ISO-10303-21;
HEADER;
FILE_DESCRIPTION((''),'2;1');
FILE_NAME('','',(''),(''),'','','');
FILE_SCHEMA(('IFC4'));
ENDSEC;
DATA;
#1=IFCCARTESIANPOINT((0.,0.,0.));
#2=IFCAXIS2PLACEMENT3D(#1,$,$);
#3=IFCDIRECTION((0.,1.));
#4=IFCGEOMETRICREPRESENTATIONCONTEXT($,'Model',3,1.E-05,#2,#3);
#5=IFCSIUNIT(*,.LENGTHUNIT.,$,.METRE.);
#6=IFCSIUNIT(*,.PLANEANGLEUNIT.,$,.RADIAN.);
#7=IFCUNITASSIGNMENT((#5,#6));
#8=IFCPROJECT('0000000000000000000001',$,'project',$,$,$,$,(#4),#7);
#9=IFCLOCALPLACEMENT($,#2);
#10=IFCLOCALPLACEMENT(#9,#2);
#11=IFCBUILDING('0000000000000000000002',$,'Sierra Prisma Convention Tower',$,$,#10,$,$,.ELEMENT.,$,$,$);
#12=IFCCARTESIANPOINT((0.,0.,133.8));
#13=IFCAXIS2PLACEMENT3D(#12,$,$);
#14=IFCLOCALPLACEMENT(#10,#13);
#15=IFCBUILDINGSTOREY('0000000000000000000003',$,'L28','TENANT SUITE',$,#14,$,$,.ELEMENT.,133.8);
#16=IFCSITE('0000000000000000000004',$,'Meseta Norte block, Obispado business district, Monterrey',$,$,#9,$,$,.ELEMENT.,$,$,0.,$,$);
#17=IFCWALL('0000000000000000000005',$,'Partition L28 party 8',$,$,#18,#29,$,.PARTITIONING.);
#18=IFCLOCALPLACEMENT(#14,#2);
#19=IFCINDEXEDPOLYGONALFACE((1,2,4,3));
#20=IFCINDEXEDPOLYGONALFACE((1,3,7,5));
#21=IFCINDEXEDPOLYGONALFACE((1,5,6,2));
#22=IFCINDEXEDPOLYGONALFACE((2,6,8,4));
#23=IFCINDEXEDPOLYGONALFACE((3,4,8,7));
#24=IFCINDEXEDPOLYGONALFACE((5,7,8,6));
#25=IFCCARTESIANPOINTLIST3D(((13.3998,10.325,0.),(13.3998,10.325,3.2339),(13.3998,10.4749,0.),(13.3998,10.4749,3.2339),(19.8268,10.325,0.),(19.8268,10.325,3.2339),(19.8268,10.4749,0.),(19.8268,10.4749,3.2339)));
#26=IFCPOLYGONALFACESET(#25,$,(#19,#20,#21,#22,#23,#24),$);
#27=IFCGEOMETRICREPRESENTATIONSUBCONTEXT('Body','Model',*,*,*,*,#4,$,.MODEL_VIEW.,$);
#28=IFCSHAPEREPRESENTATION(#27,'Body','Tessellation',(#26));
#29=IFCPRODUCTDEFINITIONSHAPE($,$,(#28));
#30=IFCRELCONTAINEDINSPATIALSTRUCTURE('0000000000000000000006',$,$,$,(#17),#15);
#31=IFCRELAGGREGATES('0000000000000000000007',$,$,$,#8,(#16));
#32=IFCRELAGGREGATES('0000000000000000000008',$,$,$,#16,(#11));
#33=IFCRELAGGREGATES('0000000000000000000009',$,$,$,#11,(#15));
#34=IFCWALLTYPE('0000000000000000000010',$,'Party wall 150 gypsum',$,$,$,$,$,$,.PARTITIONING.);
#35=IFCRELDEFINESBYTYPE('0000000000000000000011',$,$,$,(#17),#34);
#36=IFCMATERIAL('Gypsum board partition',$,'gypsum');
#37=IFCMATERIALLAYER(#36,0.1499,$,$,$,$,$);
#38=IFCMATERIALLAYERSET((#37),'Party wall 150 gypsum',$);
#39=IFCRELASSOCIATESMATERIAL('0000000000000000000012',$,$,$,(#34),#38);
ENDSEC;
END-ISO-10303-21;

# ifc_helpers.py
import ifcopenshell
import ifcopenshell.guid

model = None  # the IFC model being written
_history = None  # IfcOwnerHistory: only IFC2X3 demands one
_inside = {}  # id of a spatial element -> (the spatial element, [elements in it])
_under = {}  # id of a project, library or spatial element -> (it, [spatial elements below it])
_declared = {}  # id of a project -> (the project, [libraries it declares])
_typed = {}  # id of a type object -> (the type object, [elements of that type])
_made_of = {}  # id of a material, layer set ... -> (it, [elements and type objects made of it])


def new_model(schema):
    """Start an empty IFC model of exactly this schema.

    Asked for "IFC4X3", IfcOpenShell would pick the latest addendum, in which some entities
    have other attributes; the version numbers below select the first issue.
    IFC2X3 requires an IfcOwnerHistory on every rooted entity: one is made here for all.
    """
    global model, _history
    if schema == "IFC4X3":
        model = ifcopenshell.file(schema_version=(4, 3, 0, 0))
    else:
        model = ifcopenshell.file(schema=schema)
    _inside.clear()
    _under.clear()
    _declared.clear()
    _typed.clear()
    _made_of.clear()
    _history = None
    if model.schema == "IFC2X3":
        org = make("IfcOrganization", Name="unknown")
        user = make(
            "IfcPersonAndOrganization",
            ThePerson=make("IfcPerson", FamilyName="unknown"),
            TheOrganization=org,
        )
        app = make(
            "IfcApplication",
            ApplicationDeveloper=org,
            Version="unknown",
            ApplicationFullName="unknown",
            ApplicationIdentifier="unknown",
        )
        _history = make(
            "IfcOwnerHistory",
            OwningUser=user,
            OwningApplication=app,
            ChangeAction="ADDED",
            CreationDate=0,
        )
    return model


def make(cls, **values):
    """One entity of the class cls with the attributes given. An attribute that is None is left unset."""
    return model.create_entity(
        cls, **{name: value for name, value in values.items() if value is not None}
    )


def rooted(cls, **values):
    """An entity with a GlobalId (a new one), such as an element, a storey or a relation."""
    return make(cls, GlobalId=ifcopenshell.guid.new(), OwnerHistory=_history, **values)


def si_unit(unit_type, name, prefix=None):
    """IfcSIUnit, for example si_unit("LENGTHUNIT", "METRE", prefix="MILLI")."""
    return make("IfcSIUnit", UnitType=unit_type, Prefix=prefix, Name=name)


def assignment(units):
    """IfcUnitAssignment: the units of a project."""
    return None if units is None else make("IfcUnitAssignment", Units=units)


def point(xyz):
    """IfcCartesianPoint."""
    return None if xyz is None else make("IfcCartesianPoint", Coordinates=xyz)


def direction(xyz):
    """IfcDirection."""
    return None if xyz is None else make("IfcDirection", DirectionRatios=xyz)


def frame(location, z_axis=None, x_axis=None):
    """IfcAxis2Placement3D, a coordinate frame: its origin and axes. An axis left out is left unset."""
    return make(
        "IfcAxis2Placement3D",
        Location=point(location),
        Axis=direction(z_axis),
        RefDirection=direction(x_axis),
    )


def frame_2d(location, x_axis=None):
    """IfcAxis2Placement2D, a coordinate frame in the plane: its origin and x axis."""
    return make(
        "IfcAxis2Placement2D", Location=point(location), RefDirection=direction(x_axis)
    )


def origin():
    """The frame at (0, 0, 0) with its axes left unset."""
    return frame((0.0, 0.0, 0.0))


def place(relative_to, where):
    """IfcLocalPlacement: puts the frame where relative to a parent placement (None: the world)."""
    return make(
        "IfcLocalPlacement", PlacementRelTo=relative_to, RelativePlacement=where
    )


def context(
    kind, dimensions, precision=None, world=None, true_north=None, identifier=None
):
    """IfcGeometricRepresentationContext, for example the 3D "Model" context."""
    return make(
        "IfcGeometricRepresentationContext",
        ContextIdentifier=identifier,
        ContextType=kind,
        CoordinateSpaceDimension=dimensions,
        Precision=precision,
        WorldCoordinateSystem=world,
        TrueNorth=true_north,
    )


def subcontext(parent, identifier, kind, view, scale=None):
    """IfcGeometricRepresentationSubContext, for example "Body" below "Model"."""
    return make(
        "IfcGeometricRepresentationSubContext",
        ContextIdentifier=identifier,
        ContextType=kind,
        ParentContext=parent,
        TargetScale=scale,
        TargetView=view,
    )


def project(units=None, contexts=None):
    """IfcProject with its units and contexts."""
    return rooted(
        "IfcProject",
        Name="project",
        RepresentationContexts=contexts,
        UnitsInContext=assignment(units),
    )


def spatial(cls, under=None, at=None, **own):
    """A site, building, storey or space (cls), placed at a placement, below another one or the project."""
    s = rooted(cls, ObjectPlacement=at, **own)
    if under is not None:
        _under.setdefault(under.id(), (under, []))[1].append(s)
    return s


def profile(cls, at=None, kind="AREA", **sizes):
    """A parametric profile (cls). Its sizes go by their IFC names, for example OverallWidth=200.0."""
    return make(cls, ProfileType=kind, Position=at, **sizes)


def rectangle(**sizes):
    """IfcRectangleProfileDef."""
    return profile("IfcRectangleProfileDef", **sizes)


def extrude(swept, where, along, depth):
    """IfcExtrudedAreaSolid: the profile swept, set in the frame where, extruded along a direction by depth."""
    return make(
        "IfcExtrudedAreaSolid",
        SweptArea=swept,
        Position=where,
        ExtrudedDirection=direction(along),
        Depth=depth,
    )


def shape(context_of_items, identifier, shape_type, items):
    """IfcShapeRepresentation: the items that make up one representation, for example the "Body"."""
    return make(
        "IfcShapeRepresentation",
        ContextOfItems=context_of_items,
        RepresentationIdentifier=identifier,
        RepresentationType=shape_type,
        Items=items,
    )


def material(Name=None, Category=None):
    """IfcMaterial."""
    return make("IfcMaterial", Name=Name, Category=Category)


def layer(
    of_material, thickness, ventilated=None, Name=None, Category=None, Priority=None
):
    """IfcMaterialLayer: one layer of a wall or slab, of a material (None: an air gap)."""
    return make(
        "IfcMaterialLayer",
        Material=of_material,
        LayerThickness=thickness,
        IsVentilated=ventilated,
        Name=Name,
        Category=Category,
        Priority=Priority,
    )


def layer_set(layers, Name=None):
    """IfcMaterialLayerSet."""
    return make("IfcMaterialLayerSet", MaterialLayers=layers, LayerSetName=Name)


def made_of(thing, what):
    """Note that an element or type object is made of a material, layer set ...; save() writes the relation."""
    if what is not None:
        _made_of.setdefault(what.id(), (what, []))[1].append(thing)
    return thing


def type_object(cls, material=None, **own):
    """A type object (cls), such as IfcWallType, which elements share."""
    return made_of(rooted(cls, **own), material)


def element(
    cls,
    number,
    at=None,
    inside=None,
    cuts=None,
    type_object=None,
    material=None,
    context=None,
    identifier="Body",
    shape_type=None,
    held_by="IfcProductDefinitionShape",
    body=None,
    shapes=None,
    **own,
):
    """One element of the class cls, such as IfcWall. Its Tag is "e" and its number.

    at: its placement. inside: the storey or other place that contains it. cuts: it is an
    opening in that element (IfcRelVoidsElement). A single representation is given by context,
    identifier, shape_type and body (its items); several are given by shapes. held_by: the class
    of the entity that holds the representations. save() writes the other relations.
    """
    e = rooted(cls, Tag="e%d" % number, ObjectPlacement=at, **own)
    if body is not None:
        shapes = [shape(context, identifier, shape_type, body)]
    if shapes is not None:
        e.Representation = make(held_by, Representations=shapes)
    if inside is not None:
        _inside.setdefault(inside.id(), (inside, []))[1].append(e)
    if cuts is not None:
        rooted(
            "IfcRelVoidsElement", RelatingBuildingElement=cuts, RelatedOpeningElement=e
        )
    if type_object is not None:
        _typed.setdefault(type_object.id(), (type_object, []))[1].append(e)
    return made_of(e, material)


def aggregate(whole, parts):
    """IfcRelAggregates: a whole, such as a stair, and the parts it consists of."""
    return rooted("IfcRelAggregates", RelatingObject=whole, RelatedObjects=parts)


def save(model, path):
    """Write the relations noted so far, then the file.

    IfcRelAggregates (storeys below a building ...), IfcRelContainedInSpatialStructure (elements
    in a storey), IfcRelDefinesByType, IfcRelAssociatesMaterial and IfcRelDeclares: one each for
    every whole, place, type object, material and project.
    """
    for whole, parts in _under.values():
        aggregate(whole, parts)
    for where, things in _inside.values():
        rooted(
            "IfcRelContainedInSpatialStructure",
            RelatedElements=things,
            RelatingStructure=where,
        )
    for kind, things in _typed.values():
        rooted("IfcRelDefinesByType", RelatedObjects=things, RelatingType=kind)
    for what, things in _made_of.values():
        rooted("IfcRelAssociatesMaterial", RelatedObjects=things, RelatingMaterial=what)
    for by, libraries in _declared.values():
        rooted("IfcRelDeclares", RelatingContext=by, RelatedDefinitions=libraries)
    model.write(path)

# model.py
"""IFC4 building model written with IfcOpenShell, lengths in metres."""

from ifc_helpers import new_model, si_unit, direction, frame, frame_2d, origin, place, context, subcontext, project, spatial, rectangle, extrude, material, layer, layer_set, type_object, element, save


model = new_model("IFC4")

# Units and contexts
model_context = context("Model", 3, precision=1e-05, world=origin(), true_north=direction((0.0, 1.0)))
body_context = subcontext(model_context, "Body", "Model", "MODEL_VIEW")
ifc_project = project(units=[si_unit("LENGTHUNIT", "METRE"), si_unit("PLANEANGLEUNIT", "RADIAN")], contexts=[model_context])

# Site, building, storey
site_placement = place(None, origin())
site = spatial("IfcSite", under=ifc_project, at=site_placement, Name="Meseta Norte block, Obispado business district, Monterrey", CompositionType="ELEMENT", RefElevation=0.0)
building_placement = place(site_placement, origin())
building = spatial("IfcBuilding", under=site, at=building_placement, Name="Sierra Prisma Convention Tower", CompositionType="ELEMENT")
storey_placement = place(building_placement, frame((0.0, 0.0, 133.8)))
storey = spatial("IfcBuildingStorey", under=building, at=storey_placement, Name="L28", Description="TENANT SUITE", CompositionType="ELEMENT", Elevation=133.8)

# Wall
ifc_material_1 = material(Name="Gypsum board partition", Category="gypsum")
ifc_layer_1 = layer(ifc_material_1, 0.1499)
ifc_layer_set_1 = layer_set([ifc_layer_1], Name="Party wall 150 gypsum")
wall_type_1 = type_object("IfcWallType", Name="Party wall 150 gypsum", PredefinedType="PARTITIONING", material=ifc_layer_set_1)
wall_1_placement = place(storey_placement, frame((13.3999, 10.3999, 0.0), z_axis=(0.0, 0.0, 1.0), x_axis=(1.0, 0.0, 0.0)))
element("IfcWall", 1, at=wall_1_placement, inside=storey, type_object=wall_type_1, Name="Partition L28 party 8", PredefinedType="PARTITIONING", context=body_context, shape_type="SweptSolid", body=[
    extrude(rectangle(XDim=6.427, YDim=0.1499, at=frame_2d((3.2134, 0.0))), origin(), (0.0, 0.0, 1.0), 3.2339),
])

save(model, "model.ifc")
